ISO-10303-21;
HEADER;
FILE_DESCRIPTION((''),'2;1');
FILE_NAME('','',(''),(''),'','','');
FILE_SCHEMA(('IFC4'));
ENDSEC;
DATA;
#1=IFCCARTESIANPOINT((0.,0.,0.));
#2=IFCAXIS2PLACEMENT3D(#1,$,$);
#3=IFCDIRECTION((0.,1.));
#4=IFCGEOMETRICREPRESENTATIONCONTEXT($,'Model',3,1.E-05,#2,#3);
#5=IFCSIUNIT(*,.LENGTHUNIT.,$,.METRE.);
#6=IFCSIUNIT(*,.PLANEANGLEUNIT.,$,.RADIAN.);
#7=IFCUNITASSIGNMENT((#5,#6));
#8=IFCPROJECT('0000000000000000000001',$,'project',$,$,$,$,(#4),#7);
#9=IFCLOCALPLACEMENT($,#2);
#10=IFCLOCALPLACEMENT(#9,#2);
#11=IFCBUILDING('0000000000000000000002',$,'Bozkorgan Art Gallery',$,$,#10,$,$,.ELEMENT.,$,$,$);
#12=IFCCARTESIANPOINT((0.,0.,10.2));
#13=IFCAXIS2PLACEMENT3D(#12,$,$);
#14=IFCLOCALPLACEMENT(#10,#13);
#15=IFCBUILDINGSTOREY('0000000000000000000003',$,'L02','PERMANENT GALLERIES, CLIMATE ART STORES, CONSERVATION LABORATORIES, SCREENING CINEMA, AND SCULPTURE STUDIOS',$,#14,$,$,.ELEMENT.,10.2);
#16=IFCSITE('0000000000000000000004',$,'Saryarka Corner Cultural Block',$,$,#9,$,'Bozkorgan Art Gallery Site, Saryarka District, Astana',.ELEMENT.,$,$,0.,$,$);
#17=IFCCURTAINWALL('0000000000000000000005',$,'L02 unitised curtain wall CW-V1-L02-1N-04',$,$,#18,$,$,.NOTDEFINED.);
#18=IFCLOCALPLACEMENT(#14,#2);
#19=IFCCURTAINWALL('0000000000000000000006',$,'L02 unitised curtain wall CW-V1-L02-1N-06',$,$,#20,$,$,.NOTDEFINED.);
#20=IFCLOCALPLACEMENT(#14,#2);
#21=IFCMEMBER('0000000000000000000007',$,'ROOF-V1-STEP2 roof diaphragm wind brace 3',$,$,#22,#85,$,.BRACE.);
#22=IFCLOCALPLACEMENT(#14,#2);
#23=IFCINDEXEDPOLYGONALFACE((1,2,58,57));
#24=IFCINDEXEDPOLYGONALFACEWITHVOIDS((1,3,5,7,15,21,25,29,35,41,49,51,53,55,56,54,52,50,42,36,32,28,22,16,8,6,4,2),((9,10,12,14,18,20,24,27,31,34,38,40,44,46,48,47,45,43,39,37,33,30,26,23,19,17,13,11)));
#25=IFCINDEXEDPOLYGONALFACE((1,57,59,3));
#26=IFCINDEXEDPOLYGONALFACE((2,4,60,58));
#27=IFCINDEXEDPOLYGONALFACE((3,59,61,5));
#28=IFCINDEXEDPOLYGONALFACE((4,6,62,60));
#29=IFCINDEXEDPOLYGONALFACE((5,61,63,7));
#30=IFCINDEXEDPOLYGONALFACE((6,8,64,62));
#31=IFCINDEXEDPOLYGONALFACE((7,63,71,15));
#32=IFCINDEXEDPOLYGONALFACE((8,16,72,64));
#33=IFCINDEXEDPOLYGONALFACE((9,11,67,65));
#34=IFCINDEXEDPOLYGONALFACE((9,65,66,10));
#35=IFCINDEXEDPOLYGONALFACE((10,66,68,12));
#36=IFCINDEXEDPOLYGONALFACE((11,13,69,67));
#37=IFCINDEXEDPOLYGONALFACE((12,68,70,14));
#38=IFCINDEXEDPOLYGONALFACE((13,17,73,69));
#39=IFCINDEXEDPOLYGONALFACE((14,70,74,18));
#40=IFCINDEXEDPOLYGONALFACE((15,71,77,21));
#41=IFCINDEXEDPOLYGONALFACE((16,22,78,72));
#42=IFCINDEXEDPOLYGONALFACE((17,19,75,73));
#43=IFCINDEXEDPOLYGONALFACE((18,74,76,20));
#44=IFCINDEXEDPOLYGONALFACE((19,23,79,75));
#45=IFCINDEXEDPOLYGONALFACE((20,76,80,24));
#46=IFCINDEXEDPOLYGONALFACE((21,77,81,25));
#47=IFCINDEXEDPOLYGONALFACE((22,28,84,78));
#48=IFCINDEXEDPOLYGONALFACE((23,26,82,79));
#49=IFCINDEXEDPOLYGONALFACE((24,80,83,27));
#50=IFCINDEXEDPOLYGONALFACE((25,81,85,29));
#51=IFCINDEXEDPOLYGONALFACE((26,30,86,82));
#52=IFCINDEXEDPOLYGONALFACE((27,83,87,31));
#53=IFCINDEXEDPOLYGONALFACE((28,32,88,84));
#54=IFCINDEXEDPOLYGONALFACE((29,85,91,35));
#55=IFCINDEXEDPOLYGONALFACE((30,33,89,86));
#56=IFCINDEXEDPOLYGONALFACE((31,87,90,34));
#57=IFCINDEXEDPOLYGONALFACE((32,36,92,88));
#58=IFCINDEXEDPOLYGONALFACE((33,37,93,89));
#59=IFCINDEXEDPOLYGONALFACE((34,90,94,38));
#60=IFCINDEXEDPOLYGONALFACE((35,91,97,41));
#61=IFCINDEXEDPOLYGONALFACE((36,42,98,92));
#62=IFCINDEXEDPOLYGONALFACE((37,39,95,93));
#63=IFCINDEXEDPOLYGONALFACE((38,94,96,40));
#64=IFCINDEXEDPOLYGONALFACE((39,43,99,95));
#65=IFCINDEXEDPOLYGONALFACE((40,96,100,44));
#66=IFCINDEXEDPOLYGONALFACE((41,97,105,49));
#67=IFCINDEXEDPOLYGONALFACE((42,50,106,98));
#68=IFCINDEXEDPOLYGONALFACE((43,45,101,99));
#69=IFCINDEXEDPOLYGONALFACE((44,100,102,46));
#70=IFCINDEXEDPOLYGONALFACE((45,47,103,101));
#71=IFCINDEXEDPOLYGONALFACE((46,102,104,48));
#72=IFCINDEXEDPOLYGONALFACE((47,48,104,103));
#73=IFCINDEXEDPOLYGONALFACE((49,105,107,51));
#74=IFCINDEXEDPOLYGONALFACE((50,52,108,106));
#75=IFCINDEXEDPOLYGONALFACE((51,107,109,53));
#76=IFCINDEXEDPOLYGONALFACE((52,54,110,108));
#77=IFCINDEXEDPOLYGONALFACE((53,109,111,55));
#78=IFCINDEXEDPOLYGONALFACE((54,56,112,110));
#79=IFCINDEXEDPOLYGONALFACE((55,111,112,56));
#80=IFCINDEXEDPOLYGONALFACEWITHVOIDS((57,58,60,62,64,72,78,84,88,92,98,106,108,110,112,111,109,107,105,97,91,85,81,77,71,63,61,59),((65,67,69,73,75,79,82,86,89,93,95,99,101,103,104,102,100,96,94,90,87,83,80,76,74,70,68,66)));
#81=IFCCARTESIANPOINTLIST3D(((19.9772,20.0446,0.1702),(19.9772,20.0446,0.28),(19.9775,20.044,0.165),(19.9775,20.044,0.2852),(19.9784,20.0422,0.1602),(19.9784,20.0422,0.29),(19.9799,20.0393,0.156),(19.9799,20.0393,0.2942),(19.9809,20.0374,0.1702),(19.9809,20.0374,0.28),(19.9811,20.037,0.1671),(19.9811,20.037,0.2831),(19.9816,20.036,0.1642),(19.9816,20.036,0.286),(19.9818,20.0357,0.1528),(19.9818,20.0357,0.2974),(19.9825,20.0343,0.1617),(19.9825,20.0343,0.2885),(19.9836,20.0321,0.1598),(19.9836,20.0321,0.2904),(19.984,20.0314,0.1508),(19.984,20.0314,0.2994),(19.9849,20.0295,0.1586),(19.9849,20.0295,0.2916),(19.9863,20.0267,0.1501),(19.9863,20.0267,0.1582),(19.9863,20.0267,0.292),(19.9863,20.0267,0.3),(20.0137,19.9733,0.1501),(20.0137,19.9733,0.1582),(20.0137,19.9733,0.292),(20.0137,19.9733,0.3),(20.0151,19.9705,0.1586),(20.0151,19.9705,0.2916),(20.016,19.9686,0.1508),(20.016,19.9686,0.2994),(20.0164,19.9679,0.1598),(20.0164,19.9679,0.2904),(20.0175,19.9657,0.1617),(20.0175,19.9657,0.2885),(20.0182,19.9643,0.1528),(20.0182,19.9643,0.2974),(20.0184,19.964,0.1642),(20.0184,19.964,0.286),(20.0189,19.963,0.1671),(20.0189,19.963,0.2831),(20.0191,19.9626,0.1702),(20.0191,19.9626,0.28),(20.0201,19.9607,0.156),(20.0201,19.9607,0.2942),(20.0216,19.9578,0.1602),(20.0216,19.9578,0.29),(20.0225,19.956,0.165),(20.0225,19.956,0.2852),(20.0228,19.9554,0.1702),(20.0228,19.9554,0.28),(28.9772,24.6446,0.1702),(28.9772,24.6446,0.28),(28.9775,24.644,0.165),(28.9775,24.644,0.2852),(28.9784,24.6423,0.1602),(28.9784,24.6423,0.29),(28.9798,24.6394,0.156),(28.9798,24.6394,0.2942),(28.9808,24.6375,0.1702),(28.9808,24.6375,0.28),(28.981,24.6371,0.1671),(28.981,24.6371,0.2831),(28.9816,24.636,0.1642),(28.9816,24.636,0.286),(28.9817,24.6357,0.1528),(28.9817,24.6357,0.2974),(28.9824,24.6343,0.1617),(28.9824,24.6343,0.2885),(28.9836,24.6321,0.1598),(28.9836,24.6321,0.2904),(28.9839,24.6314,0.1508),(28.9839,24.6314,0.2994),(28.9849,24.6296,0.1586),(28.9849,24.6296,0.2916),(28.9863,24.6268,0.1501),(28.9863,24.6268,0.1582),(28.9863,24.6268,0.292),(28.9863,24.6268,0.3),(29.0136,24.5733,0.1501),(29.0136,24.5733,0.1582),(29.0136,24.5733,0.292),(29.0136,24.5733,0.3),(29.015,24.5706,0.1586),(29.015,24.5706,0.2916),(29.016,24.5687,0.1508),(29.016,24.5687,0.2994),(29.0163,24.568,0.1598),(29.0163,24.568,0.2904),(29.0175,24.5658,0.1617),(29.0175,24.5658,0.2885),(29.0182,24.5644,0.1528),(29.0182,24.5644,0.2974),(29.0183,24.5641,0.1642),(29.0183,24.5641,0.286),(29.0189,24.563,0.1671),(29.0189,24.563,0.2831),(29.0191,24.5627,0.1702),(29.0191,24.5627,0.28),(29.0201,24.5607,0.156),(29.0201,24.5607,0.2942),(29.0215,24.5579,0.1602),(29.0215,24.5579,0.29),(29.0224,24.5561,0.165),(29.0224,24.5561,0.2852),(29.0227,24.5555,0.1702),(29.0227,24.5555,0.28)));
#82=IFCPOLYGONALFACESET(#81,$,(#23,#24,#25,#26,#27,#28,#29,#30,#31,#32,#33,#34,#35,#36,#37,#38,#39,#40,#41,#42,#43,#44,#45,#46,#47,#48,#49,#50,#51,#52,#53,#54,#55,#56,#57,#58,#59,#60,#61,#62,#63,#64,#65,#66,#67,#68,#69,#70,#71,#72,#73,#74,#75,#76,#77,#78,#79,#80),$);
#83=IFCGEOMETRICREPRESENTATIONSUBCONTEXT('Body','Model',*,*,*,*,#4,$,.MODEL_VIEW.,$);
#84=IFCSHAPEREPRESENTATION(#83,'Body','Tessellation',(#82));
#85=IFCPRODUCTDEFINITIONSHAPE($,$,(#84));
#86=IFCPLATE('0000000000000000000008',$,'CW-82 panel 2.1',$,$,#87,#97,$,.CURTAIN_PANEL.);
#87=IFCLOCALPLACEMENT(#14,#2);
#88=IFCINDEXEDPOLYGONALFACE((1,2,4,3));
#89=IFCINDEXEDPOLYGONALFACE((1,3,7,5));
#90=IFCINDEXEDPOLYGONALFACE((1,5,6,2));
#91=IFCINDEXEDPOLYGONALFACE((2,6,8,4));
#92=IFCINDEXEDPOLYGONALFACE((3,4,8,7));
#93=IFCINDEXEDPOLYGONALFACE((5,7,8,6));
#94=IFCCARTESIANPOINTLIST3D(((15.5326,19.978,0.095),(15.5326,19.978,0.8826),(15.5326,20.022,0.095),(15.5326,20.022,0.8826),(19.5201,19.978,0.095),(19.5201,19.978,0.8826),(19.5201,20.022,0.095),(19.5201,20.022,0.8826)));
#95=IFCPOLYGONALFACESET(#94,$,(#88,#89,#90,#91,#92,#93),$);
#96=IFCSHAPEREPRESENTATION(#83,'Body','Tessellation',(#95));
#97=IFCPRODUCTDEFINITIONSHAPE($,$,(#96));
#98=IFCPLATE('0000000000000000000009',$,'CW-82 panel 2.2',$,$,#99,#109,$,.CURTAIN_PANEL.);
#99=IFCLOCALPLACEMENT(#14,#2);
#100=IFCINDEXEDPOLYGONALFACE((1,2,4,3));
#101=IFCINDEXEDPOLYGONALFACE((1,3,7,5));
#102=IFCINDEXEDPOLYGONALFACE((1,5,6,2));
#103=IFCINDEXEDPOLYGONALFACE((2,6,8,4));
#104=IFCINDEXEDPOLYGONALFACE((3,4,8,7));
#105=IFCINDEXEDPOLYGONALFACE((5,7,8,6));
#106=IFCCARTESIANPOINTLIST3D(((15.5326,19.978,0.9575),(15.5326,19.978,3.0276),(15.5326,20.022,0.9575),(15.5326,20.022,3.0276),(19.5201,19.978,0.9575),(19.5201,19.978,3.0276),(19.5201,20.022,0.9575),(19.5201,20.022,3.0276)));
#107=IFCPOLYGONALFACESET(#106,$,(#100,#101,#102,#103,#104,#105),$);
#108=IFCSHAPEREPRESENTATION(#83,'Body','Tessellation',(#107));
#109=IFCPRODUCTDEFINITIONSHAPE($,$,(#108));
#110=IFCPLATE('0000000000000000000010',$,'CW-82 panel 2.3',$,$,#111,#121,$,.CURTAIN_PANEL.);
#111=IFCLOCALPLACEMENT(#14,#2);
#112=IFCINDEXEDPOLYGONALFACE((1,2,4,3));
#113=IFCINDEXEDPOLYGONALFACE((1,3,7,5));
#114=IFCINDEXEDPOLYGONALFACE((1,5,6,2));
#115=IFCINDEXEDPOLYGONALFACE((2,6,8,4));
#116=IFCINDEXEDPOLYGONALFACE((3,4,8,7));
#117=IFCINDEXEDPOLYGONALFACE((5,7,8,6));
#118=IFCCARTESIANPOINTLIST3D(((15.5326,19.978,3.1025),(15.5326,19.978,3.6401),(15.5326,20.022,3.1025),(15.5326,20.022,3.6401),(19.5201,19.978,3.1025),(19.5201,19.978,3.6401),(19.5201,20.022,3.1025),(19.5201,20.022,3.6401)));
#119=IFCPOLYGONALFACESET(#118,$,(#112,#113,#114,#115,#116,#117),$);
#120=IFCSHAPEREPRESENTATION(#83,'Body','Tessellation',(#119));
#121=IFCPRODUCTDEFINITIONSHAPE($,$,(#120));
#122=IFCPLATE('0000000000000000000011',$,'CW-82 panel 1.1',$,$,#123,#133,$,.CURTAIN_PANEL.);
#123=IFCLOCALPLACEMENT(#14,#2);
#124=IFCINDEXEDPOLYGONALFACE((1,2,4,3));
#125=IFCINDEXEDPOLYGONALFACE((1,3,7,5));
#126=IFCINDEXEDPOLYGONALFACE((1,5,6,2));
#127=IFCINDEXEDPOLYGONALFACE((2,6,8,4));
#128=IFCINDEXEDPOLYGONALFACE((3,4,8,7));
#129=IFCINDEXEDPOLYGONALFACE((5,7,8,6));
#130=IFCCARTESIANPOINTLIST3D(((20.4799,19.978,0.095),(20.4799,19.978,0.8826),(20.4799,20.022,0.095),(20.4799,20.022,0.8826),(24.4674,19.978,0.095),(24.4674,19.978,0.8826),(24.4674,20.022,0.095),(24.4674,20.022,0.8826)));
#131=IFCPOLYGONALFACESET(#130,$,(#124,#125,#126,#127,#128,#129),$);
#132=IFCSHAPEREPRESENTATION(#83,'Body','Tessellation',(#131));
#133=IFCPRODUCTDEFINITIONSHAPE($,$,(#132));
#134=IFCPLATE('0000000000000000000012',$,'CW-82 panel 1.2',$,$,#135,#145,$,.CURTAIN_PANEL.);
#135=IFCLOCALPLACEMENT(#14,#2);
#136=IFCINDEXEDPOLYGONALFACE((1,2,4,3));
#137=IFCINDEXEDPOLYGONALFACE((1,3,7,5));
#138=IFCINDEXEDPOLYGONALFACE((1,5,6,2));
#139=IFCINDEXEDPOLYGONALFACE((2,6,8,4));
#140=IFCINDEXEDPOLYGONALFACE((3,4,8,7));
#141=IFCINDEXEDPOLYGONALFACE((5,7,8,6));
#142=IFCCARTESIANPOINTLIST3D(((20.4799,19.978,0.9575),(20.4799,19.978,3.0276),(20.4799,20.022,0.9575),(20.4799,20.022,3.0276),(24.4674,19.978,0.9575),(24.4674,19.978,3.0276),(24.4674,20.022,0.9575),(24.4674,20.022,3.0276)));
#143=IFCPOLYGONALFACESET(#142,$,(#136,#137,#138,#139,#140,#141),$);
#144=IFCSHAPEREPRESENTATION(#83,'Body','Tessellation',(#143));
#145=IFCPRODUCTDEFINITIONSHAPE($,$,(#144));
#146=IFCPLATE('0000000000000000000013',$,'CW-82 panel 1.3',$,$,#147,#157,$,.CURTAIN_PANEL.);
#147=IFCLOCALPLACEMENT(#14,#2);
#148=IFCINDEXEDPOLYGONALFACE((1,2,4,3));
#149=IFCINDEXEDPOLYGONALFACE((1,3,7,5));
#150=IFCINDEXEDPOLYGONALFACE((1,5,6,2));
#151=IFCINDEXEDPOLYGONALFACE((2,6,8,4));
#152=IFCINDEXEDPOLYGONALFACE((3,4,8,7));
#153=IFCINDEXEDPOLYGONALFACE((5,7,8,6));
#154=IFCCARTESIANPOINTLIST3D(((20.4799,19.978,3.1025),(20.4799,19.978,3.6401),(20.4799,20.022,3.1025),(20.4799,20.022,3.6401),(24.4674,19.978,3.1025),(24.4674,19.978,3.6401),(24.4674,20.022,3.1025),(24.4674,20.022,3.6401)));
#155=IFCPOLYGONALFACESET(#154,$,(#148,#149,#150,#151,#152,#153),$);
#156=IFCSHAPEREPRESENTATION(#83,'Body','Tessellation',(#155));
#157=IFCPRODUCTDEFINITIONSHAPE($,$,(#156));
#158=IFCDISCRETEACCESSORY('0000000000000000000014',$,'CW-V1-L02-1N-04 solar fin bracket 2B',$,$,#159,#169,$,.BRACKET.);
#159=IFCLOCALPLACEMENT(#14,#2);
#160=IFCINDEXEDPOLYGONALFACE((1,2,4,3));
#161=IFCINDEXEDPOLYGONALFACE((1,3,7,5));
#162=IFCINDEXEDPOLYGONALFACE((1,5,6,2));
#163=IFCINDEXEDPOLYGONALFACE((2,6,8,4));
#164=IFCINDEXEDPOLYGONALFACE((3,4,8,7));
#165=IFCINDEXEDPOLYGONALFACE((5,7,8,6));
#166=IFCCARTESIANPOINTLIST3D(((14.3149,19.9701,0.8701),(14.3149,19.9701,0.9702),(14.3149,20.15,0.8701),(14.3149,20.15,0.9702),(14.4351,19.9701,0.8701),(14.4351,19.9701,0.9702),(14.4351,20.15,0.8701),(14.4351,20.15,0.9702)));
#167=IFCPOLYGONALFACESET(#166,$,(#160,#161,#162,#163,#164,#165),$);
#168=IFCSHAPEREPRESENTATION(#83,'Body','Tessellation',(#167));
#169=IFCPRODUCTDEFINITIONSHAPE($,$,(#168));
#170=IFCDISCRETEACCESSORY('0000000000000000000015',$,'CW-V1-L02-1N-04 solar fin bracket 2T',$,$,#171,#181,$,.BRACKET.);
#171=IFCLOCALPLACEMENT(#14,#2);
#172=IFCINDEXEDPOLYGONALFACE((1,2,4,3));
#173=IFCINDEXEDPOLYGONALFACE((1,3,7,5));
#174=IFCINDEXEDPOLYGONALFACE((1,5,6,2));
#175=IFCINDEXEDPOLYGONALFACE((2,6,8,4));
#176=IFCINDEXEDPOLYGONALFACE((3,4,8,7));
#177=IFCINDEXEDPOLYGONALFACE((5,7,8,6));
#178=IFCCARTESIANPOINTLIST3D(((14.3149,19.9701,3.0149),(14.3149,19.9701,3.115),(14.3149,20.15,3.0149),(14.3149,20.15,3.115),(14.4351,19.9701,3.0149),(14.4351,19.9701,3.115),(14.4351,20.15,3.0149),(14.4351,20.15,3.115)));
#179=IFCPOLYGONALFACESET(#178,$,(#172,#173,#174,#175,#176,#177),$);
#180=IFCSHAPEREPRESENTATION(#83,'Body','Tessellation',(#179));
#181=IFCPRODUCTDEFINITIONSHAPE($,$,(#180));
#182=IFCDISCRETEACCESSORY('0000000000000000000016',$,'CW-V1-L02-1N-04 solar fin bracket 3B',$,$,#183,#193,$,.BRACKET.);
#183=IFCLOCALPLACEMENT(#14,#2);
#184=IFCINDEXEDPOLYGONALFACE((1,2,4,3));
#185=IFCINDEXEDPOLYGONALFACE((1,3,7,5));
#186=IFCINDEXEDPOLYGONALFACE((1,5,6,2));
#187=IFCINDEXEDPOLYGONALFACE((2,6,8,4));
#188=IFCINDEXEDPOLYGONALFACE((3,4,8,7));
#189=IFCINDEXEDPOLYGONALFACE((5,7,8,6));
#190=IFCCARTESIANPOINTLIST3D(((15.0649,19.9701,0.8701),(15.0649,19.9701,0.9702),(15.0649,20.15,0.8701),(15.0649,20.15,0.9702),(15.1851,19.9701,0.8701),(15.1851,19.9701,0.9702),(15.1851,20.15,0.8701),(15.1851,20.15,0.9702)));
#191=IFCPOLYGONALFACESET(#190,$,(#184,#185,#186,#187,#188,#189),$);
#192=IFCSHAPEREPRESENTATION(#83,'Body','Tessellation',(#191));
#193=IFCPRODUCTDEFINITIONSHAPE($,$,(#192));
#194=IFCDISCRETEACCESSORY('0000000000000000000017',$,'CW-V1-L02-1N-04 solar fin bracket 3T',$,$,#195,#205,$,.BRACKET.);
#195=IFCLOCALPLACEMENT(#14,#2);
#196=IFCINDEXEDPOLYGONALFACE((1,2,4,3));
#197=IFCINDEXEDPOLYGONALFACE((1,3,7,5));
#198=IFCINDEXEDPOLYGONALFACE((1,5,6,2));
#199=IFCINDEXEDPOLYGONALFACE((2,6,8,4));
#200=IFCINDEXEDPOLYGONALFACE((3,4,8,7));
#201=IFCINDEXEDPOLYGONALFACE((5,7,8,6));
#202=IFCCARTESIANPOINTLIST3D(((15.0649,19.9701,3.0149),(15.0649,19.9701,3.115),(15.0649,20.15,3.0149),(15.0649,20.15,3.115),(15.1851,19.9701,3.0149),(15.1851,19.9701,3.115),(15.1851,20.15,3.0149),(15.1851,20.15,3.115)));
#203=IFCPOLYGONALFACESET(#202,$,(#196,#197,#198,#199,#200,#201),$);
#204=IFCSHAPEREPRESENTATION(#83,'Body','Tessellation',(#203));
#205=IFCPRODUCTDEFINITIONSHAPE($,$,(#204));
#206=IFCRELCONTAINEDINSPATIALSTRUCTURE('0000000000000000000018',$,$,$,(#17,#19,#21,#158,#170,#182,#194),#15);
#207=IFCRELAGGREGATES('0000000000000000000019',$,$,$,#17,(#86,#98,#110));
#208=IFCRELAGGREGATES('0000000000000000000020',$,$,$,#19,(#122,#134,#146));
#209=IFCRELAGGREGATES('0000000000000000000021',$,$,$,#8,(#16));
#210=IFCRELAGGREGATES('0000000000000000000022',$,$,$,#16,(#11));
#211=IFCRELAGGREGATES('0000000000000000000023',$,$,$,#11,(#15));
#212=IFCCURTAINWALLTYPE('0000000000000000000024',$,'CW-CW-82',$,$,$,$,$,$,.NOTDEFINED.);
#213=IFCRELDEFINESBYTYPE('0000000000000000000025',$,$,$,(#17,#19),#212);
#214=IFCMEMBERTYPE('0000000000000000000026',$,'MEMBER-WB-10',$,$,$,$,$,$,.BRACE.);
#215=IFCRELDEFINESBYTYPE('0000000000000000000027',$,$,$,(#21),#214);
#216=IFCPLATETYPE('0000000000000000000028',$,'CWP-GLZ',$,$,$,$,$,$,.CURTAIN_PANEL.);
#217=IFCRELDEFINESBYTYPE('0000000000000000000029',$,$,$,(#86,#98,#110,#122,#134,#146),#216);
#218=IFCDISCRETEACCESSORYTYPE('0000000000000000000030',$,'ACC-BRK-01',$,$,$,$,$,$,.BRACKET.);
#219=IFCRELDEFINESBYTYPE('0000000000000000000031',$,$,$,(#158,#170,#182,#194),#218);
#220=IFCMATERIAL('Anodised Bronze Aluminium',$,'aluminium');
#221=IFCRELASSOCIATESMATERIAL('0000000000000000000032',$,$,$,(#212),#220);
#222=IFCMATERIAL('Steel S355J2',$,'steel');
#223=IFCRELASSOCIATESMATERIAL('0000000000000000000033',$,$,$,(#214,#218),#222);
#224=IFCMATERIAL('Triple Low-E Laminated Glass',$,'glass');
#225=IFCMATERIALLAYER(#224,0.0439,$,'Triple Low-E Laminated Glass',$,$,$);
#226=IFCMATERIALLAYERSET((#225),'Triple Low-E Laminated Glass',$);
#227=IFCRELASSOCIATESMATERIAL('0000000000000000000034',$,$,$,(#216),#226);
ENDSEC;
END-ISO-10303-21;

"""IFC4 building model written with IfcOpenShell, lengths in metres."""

from ifc_helpers import new_model, si_unit, direction, frame, origin, origin_2d, place, context, subcontext, project, spatial, rectangle, hollow_rectangle, extrude, material, layer, layer_set, material_profile, profile_set, type_object, element, aggregate, save


model = new_model("IFC4")

# Units and contexts
model_context = context("Model", 3, precision=1e-05, world=origin(), true_north=direction((0.0, 1.0)))
body_context = subcontext(model_context, "Body", "Model", "MODEL_VIEW")
ifc_project = project(units=[si_unit("LENGTHUNIT", "METRE"), si_unit("PLANEANGLEUNIT", "RADIAN")], contexts=[model_context])

# Site, building, storey
site_placement = place(None, origin())
site = spatial("IfcSite", under=ifc_project, at=site_placement, Name="Saryarka Corner Cultural Block", LongName="Bozkorgan Art Gallery Site, Saryarka District, Astana", CompositionType="ELEMENT", RefElevation=0.0)
building_placement = place(site_placement, origin())
building = spatial("IfcBuilding", under=site, at=building_placement, Name="Bozkorgan Art Gallery", CompositionType="ELEMENT")
storey_placement = place(building_placement, frame((0.0, 0.0, 10.2)))
storey = spatial("IfcBuildingStorey", under=building, at=storey_placement, Name="L02", Description="PERMANENT GALLERIES, CLIMATE ART STORES, CONSERVATION LABORATORIES, SCREENING CINEMA, AND SCULPTURE STUDIOS", CompositionType="ELEMENT", Elevation=10.2)

# Curtain walls
ifc_material_1 = material(Name="Anodised Bronze Aluminium", Category="aluminium")
curtain_wall_type = type_object("IfcCurtainWallType", Name="CW-CW-82", PredefinedType="NOTDEFINED", material=ifc_material_1)
curtain_wall_1_placement = place(storey_placement, origin())
curtain_wall_1 = element("IfcCurtainWall", 1, at=curtain_wall_1_placement, inside=storey, type_object=curtain_wall_type, Name="L02 unitised curtain wall CW-V1-L02-1N-04", PredefinedType="NOTDEFINED")
curtain_wall_2_placement = place(storey_placement, origin())
curtain_wall_2 = element("IfcCurtainWall", 2, at=curtain_wall_2_placement, inside=storey, type_object=curtain_wall_type, Name="L02 unitised curtain wall CW-V1-L02-1N-06", PredefinedType="NOTDEFINED")

# Member
ifc_material_2 = material(Name="Steel S355J2", Category="steel")
ifc_material_profile_1 = material_profile(ifc_material_2, hollow_rectangle(XDim=0.1001, YDim=0.1499, WallThickness=0.0081, InnerFilletRadius=0.012, OuterFilletRadius=0.02, at=origin_2d()), Name="RHS 150x100x8")
ifc_profile_set_1 = profile_set([ifc_material_profile_1], Name="Steel S355J2")
member_type_1 = type_object("IfcMemberType", Name="MEMBER-WB-10", PredefinedType="BRACE", material=ifc_profile_set_1)
member_1_placement = place(storey_placement, frame((20.0, 20.0, 0.2251), z_axis=(0.890431, 0.455119, 0.0), x_axis=(-0.455119, 0.890431, 0.0)))
element("IfcMember", 3, at=member_1_placement, inside=storey, type_object=member_type_1, Name="ROOF-V1-STEP2 roof diaphragm wind brace 3", PredefinedType="BRACE", context=body_context, shape_type="SweptSolid", body=[
    extrude(hollow_rectangle(XDim=0.1001, YDim=0.1499, WallThickness=0.0081, InnerFilletRadius=0.012, OuterFilletRadius=0.02, at=origin_2d()), origin(), (0.0, 0.0, 1.0), 10.1074),
])

# Plates
ifc_material_3 = material(Name="Triple Low-E Laminated Glass", Category="glass")
ifc_layer = layer(ifc_material_3, 0.0439, Name="Triple Low-E Laminated Glass")
ifc_layer_set = layer_set([ifc_layer], Name="Triple Low-E Laminated Glass")
plate_type = type_object("IfcPlateType", Name="CWP-GLZ", PredefinedType="CURTAIN_PANEL", material=ifc_layer_set)
plate_1_placement = place(storey_placement, frame((17.5264, 20.0, 0.095), z_axis=(0.0, 0.0, 1.0), x_axis=(1.0, 0.0, 0.0)))
plate_1 = element("IfcPlate", 4, at=plate_1_placement, type_object=plate_type, Name="CW-82 panel 2.1", PredefinedType="CURTAIN_PANEL", context=body_context, shape_type="SweptSolid", body=[
    extrude(rectangle(XDim=3.9875, YDim=0.0439, at=origin_2d()), origin(), (0.0, 0.0, 1.0), 0.7876),
])
plate_2_placement = place(storey_placement, frame((17.5264, 20.0, 0.9575), z_axis=(0.0, 0.0, 1.0), x_axis=(1.0, 0.0, 0.0)))
plate_2 = element("IfcPlate", 5, at=plate_2_placement, type_object=plate_type, Name="CW-82 panel 2.2", PredefinedType="CURTAIN_PANEL", context=body_context, shape_type="SweptSolid", body=[
    extrude(rectangle(XDim=3.9875, YDim=0.0439, at=origin_2d()), origin(), (0.0, 0.0, 1.0), 2.0701),
])
plate_3_placement = place(storey_placement, frame((17.5264, 20.0, 3.1025), z_axis=(0.0, 0.0, 1.0), x_axis=(1.0, 0.0, 0.0)))
plate_3 = element("IfcPlate", 6, at=plate_3_placement, type_object=plate_type, Name="CW-82 panel 2.3", PredefinedType="CURTAIN_PANEL", context=body_context, shape_type="SweptSolid", body=[
    extrude(rectangle(XDim=3.9875, YDim=0.0439, at=origin_2d()), origin(), (0.0, 0.0, 1.0), 0.5376),
])
aggregate(curtain_wall_1, [plate_1, plate_2, plate_3])
plate_4_placement = place(storey_placement, frame((22.4736, 20.0, 0.095), z_axis=(0.0, 0.0, 1.0), x_axis=(1.0, 0.0, 0.0)))
plate_4 = element("IfcPlate", 7, at=plate_4_placement, type_object=plate_type, Name="CW-82 panel 1.1", PredefinedType="CURTAIN_PANEL", context=body_context, shape_type="SweptSolid", body=[
    extrude(rectangle(XDim=3.9875, YDim=0.0439, at=origin_2d()), origin(), (0.0, 0.0, 1.0), 0.7876),
])
plate_5_placement = place(storey_placement, frame((22.4736, 20.0, 0.9575), z_axis=(0.0, 0.0, 1.0), x_axis=(1.0, 0.0, 0.0)))
plate_5 = element("IfcPlate", 8, at=plate_5_placement, type_object=plate_type, Name="CW-82 panel 1.2", PredefinedType="CURTAIN_PANEL", context=body_context, shape_type="SweptSolid", body=[
    extrude(rectangle(XDim=3.9875, YDim=0.0439, at=origin_2d()), origin(), (0.0, 0.0, 1.0), 2.0701),
])
plate_6_placement = place(storey_placement, frame((22.4736, 20.0, 3.1025), z_axis=(0.0, 0.0, 1.0), x_axis=(1.0, 0.0, 0.0)))
plate_6 = element("IfcPlate", 9, at=plate_6_placement, type_object=plate_type, Name="CW-82 panel 1.3", PredefinedType="CURTAIN_PANEL", context=body_context, shape_type="SweptSolid", body=[
    extrude(rectangle(XDim=3.9875, YDim=0.0439, at=origin_2d()), origin(), (0.0, 0.0, 1.0), 0.5376),
])
aggregate(curtain_wall_2, [plate_4, plate_5, plate_6])

# Discrete accessories
discrete_accessory_type = type_object("IfcDiscreteAccessoryType", Name="ACC-BRK-01", PredefinedType="BRACKET", material=ifc_material_2)
for number, where, z_axis, x_axis, name in (
    (10, (14.375, 20.0601, 0.8701), (0.0, 0.0, 1.0), (0.0, 1.0, 0.0), "CW-V1-L02-1N-04 solar fin bracket 2B"),
    (11, (14.375, 20.0601, 3.0149), (0.0, 0.0, 1.0), (0.0, 1.0, 0.0), "CW-V1-L02-1N-04 solar fin bracket 2T"),
    (12, (15.125, 20.0601, 0.8701), (0.0, 0.0, 1.0), (0.0, 1.0, 0.0), "CW-V1-L02-1N-04 solar fin bracket 3B"),
    (13, (15.125, 20.0601, 3.0149), (0.0, 0.0, 1.0), (0.0, 1.0, 0.0), "CW-V1-L02-1N-04 solar fin bracket 3T"),
):
    element("IfcDiscreteAccessory", number, at=place(storey_placement, frame(where, z_axis=z_axis, x_axis=x_axis)), inside=storey, type_object=discrete_accessory_type, Name=name, PredefinedType="BRACKET", context=body_context, shape_type="SweptSolid", body=[
        extrude(rectangle(XDim=0.1799, YDim=0.1201, at=origin_2d()), origin(), (0.0, 0.0, 1.0), 0.1001),
    ])

save(model, "model.ifc")
